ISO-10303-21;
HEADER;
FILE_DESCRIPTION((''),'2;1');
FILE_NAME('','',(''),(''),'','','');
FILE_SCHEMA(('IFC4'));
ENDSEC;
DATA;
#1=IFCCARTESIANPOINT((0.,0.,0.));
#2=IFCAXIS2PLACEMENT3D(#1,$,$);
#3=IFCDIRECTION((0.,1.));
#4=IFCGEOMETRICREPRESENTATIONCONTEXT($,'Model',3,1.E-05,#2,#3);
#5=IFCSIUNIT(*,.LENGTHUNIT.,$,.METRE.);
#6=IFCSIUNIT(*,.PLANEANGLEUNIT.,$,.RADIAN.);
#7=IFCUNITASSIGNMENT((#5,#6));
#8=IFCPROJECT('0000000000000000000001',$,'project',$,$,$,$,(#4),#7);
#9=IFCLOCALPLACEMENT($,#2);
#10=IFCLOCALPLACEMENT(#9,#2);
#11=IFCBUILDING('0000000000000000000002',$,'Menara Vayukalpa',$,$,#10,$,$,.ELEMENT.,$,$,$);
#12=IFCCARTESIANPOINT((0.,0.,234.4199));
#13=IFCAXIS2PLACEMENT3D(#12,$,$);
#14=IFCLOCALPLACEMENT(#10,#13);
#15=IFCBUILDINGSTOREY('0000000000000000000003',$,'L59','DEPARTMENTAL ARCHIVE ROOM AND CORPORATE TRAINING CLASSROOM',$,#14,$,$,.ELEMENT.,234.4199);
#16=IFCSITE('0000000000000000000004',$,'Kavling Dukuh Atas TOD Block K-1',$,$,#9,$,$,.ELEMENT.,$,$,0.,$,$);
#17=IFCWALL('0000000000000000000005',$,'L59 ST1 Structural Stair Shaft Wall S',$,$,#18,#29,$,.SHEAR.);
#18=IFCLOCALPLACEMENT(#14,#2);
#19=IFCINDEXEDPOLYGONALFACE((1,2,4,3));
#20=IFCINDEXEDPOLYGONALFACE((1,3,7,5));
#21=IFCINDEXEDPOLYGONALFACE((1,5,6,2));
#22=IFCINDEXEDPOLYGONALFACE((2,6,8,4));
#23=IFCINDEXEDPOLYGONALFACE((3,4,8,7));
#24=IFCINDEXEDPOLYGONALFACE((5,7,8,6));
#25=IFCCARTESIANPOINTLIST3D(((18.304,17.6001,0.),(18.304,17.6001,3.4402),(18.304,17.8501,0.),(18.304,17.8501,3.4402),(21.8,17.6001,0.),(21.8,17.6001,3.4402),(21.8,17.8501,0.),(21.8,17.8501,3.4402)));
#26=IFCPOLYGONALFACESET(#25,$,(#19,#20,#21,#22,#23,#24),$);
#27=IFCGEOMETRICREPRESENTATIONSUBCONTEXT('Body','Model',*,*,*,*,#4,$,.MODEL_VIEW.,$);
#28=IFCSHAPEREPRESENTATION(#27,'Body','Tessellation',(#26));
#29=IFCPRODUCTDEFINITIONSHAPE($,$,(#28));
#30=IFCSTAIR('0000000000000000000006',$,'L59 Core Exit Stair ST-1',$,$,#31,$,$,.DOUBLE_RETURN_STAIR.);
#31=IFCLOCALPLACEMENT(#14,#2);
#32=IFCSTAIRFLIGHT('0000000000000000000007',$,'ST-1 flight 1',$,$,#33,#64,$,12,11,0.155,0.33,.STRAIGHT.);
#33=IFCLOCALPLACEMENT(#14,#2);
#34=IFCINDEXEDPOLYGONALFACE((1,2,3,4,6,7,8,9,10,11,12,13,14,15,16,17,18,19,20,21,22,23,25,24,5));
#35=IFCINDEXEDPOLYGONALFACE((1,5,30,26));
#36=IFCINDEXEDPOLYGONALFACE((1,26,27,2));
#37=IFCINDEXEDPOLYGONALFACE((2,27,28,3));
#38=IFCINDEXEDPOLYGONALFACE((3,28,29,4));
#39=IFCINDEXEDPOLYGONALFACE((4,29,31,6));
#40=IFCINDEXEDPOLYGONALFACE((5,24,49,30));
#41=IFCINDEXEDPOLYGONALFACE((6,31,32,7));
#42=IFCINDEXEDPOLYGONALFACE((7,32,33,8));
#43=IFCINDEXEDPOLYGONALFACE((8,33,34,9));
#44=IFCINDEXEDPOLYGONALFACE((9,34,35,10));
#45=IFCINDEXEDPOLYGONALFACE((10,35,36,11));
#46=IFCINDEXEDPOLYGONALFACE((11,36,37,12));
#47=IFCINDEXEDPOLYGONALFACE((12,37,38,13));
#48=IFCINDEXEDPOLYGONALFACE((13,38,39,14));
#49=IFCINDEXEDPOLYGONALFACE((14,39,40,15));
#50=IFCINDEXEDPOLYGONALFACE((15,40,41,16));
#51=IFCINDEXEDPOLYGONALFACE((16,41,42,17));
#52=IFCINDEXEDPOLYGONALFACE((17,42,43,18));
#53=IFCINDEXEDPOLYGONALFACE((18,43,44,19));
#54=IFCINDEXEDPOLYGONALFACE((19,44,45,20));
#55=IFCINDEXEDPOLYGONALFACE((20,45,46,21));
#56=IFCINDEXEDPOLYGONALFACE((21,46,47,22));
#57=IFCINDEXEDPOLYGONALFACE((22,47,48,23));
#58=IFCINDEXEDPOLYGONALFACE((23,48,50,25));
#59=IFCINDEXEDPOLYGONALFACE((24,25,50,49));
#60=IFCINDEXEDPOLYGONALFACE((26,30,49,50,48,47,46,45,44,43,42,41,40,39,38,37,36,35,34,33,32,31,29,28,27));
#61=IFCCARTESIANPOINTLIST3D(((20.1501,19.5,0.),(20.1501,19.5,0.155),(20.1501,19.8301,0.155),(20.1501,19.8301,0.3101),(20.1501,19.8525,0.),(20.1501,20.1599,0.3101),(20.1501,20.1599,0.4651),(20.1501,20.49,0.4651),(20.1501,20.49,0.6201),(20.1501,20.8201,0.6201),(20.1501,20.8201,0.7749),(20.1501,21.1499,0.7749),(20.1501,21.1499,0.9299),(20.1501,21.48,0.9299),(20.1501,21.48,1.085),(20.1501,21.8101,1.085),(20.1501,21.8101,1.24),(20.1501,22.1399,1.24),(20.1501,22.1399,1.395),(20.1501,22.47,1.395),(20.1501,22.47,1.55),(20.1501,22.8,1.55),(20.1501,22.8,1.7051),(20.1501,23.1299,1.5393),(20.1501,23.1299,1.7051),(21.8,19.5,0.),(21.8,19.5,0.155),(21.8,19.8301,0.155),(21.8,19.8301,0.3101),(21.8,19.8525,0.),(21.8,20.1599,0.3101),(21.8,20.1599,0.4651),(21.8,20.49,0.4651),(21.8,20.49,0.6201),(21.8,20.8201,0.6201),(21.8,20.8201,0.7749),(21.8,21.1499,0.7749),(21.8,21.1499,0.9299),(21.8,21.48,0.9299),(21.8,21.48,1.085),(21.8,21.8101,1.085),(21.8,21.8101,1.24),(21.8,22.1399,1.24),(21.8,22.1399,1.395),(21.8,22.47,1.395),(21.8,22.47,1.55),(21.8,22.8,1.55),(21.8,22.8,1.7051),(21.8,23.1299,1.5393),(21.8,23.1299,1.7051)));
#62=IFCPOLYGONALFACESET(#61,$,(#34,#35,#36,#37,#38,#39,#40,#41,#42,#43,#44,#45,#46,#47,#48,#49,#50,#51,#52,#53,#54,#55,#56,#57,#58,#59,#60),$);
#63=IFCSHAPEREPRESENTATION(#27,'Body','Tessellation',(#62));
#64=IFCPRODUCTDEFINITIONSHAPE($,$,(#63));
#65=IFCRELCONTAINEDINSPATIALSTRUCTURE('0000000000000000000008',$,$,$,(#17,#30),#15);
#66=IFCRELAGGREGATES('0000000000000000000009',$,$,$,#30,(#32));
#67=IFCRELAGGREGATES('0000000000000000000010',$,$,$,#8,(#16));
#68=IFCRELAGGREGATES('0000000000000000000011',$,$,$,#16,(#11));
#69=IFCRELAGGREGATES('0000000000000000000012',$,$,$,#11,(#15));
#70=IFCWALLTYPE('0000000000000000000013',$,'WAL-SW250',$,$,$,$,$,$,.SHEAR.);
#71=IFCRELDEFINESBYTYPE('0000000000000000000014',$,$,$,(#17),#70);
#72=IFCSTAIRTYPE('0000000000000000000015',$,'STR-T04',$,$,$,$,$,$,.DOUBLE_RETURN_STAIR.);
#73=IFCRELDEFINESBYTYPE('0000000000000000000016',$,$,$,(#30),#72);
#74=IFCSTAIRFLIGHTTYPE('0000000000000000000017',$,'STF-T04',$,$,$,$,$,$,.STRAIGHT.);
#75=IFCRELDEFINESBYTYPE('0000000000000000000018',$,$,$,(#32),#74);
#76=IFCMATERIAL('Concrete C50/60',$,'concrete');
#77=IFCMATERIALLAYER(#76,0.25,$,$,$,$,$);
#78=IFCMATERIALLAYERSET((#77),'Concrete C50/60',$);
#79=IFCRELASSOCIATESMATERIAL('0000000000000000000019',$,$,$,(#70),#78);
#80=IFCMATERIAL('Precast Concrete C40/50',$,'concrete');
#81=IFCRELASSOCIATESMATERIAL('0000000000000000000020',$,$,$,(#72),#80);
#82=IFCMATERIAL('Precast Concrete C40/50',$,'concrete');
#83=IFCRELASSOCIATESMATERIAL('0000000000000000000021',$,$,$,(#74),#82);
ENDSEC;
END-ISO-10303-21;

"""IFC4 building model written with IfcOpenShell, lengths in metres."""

from ifc_helpers import new_model, si_unit, direction, frame, frame_2d, origin, place, context, subcontext, project, spatial, polyline, rectangle, outline, extrude, material, layer, layer_set, type_object, element, aggregate, save


model = new_model("IFC4")

# Units and contexts
model_context = context("Model", 3, precision=1e-05, world=origin(), true_north=direction((0.0, 1.0)))
body_context = subcontext(model_context, "Body", "Model", "MODEL_VIEW")
ifc_project = project(units=[si_unit("LENGTHUNIT", "METRE"), si_unit("PLANEANGLEUNIT", "RADIAN")], contexts=[model_context])

# Site, building, storey
site_placement = place(None, origin())
site = spatial("IfcSite", under=ifc_project, at=site_placement, Name="Kavling Dukuh Atas TOD Block K-1", CompositionType="ELEMENT", RefElevation=0.0)
building_placement = place(site_placement, origin())
building = spatial("IfcBuilding", under=site, at=building_placement, Name="Menara Vayukalpa", CompositionType="ELEMENT")
storey_placement = place(building_placement, frame((0.0, 0.0, 234.4199)))
storey = spatial("IfcBuildingStorey", under=building, at=storey_placement, Name="L59", Description="DEPARTMENTAL ARCHIVE ROOM AND CORPORATE TRAINING CLASSROOM", CompositionType="ELEMENT", Elevation=234.4199)

# Shared definitions
ifc_material_1 = material(Name="Concrete C50/60", Category="concrete")
ifc_layer_1 = layer(ifc_material_1, 0.25)
ifc_layer_set_1 = layer_set([ifc_layer_1], Name="Concrete C50/60")
wall_type_1 = type_object("IfcWallType", Name="WAL-SW250", PredefinedType="SHEAR", material=ifc_layer_set_1)

# Wall
wall_1_placement = place(storey_placement, frame((18.304, 17.7251, 0.0), z_axis=(0.0, 0.0, 1.0), x_axis=(1.0, 0.0, 0.0)))
element("IfcWall", 1, at=wall_1_placement, inside=storey, type_object=wall_type_1, Name="L59 ST1 Structural Stair Shaft Wall S", PredefinedType="SHEAR", context=body_context, shape_type="SweptSolid", body=[
    extrude(rectangle(XDim=3.4961, YDim=0.25, at=frame_2d((1.748, 0.0))), origin(), (0.0, 0.0, 1.0), 3.4402),
])

# Stair, stair flight
ifc_material_2 = material(Name="Precast Concrete C40/50", Category="concrete")
stair_type = type_object("IfcStairType", Name="STR-T04", PredefinedType="DOUBLE_RETURN_STAIR", material=ifc_material_2)
stair_placement = place(storey_placement, origin())
stair = element("IfcStair", 2, at=stair_placement, inside=storey, type_object=stair_type, Name="L59 Core Exit Stair ST-1", PredefinedType="DOUBLE_RETURN_STAIR")
ifc_material_3 = material(Name="Precast Concrete C40/50", Category="concrete")
stair_flight_type = type_object("IfcStairFlightType", Name="STF-T04", PredefinedType="STRAIGHT", material=ifc_material_3)
stair_flight_placement = place(storey_placement, frame((20.9751, 19.5, 0.0), z_axis=(0.0, 0.0, 1.0), x_axis=(0.0, 1.0, 0.0)))
stair_flight = element("IfcStairFlight", 3, at=stair_flight_placement, type_object=stair_flight_type, Name="ST-1 flight 1", NumberOfRisers=12, NumberOfTreads=11, PredefinedType="STRAIGHT", RiserHeight=0.155, TreadLength=0.33, context=body_context, shape_type="SweptSolid", body=[
    extrude(outline(polyline([(0.0, 0.0), (0.0, 0.155), (0.3301, 0.155), (0.3301, 0.3101), (0.6599, 0.3101), (0.6599, 0.4651), (0.99, 0.4651), (0.99, 0.6201), (1.3201, 0.6201), (1.3201, 0.7749), (1.6499, 0.7749), (1.6499, 0.9299), (1.98, 0.9299), (1.98, 1.085), (2.3101, 1.085), (2.3101, 1.24), (2.6399, 1.24), (2.6399, 1.395), (2.97, 1.395), (2.97, 1.55), (3.3, 1.55), (3.3, 1.7051), (3.6299, 1.7051), (3.6299, 1.8601), (3.6299, 1.5393), (0.3525, 0.0), (0.0, 0.0)])), frame((0.0, 0.825, 0.0), z_axis=(0.0, -1.0, 0.0), x_axis=(1.0, 0.0, 0.0)), (0.0, 0.0, 1.0), 1.6499),
])
aggregate(stair, [stair_flight])

save(model, "model.ifc")
